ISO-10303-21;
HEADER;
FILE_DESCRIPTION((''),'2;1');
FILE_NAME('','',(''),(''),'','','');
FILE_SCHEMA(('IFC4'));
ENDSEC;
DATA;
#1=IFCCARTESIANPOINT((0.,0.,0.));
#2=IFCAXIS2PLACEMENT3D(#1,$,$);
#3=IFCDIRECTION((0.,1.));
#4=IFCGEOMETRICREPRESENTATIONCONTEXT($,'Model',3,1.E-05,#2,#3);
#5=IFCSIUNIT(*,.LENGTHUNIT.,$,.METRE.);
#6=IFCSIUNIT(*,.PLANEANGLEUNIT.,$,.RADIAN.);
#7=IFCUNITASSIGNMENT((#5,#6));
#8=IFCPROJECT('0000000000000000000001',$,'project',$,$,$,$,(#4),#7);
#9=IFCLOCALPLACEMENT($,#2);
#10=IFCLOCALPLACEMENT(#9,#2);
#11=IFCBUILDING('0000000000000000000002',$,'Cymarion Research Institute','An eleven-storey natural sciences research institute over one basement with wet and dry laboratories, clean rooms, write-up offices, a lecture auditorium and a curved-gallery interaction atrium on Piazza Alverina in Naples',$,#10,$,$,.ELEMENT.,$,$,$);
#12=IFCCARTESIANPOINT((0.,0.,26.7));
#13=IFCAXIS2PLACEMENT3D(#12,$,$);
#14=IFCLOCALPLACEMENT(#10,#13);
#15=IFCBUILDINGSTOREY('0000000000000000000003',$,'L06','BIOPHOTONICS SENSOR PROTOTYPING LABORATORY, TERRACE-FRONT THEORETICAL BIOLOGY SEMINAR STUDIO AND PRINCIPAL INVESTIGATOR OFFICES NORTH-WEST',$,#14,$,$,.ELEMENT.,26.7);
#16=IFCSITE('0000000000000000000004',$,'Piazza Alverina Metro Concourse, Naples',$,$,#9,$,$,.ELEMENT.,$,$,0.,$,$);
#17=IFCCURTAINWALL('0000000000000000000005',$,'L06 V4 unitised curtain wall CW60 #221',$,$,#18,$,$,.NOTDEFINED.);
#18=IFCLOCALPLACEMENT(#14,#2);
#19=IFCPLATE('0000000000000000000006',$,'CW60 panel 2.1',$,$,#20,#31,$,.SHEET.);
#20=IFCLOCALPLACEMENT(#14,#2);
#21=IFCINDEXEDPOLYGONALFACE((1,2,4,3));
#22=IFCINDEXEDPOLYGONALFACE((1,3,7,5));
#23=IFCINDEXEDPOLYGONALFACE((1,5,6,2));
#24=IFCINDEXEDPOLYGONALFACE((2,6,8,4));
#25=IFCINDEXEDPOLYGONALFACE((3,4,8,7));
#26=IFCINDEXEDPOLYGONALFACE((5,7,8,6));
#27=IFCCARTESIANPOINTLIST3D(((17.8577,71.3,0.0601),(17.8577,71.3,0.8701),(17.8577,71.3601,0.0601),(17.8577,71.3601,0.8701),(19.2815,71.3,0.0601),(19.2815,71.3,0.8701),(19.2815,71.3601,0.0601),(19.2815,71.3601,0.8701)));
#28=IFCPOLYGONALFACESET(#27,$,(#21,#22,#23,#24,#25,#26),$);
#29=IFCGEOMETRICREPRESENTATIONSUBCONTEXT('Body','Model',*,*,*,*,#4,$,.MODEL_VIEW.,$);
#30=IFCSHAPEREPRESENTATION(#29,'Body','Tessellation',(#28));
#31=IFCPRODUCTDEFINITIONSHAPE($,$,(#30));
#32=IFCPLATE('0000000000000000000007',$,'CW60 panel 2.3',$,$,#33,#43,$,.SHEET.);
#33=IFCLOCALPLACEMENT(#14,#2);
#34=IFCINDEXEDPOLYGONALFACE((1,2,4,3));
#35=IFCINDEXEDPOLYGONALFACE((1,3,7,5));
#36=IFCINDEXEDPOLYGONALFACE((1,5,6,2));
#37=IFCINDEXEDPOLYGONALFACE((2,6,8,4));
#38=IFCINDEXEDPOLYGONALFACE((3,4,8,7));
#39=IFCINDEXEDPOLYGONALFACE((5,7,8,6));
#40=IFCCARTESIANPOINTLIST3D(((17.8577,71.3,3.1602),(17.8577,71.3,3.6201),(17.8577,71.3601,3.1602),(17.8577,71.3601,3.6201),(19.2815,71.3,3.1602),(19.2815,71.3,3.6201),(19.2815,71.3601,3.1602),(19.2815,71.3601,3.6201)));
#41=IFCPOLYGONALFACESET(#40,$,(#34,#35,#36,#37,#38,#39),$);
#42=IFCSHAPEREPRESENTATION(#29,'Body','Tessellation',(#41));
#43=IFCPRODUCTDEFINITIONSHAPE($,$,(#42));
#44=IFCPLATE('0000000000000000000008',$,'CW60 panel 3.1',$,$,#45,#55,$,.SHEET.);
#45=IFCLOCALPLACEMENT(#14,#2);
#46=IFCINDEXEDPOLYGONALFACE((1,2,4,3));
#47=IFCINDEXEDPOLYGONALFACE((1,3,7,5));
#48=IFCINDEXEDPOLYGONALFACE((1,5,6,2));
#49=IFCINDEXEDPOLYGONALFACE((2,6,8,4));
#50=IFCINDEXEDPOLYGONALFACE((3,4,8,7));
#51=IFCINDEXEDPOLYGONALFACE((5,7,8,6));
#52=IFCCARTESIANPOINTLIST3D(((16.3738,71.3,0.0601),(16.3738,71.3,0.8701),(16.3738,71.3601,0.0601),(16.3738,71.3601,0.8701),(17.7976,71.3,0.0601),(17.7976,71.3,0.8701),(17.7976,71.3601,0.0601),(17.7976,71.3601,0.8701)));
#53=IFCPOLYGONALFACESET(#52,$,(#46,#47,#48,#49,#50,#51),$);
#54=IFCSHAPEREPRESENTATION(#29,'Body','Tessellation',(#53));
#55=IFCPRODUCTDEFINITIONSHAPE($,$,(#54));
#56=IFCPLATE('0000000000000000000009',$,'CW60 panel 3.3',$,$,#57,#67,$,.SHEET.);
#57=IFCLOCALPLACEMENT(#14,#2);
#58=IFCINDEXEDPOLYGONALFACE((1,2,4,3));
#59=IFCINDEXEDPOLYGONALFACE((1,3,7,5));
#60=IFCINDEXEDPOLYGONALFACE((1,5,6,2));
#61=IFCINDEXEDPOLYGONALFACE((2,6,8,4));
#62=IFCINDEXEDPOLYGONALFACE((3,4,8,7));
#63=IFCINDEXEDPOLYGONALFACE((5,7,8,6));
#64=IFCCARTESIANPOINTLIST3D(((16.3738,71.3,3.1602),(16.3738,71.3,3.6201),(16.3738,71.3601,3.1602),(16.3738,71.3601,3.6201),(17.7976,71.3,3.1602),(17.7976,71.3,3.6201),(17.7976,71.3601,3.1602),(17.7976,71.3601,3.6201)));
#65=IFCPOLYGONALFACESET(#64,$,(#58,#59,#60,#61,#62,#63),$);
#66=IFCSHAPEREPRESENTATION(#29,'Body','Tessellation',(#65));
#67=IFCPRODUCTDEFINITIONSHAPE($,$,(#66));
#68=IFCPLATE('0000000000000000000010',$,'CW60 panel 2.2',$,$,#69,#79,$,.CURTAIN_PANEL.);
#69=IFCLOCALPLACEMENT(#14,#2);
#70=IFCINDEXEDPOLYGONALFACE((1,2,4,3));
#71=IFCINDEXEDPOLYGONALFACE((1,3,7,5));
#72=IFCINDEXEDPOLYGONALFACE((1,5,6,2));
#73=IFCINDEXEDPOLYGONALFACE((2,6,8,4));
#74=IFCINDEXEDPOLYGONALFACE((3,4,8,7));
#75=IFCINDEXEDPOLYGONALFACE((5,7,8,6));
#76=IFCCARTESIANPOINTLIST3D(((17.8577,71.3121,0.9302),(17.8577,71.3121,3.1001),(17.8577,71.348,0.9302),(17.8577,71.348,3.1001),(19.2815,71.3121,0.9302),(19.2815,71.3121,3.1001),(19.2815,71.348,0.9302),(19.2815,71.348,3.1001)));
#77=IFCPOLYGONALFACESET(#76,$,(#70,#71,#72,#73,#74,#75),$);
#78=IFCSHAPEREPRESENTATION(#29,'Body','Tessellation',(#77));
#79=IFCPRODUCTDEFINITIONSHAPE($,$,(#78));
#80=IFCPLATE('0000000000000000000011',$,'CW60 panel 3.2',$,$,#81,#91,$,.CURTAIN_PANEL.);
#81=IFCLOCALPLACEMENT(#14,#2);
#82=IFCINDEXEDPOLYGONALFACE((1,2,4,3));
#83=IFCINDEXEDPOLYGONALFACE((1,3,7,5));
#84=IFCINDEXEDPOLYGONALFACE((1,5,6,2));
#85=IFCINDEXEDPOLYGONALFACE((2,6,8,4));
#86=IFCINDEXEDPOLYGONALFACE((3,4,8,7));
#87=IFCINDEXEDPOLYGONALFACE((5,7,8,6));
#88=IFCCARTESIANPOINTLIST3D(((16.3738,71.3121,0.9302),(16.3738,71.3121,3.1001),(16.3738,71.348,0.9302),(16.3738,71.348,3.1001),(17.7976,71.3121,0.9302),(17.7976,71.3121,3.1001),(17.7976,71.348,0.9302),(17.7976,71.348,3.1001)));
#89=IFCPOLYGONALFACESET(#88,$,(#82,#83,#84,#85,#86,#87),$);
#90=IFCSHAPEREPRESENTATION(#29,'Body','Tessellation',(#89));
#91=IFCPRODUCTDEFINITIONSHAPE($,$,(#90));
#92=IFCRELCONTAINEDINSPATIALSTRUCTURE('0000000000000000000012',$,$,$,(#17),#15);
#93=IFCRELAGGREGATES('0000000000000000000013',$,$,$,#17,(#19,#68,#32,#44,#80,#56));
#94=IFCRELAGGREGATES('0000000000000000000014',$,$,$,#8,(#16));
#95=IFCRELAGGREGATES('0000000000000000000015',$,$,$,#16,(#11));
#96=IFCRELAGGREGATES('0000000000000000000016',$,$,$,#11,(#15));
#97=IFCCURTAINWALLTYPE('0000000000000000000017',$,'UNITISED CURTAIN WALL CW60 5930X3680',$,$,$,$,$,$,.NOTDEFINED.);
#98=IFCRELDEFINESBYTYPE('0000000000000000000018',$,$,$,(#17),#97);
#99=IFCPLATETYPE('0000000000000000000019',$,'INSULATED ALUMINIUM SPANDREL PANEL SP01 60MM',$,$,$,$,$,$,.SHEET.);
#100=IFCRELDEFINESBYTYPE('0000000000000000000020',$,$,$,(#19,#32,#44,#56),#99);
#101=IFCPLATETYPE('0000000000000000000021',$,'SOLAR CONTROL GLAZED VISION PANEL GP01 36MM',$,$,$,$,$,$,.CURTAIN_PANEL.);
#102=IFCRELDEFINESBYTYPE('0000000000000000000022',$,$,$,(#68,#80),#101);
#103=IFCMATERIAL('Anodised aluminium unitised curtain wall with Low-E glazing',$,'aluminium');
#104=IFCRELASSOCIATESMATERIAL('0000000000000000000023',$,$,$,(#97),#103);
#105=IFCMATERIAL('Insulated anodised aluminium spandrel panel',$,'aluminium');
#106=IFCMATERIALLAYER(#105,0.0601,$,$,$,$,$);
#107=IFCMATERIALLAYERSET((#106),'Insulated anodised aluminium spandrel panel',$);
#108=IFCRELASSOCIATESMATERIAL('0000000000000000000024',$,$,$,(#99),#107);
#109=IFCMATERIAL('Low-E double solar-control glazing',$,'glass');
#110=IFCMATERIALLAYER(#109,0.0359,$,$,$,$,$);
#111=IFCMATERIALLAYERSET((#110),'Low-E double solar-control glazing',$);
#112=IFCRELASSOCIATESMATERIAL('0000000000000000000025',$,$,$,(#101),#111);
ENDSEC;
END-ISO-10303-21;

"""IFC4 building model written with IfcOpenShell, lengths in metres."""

from ifc_helpers import new_model, si_unit, direction, frame, origin, origin_2d, place, context, subcontext, project, spatial, rectangle, extrude, material, layer, layer_set, type_object, element, aggregate, save


model = new_model("IFC4")

# Units and contexts
model_context = context("Model", 3, precision=1e-05, world=origin(), true_north=direction((0.0, 1.0)))
body_context = subcontext(model_context, "Body", "Model", "MODEL_VIEW")
ifc_project = project(units=[si_unit("LENGTHUNIT", "METRE"), si_unit("PLANEANGLEUNIT", "RADIAN")], contexts=[model_context])

# Site, building, storey
site_placement = place(None, origin())
site = spatial("IfcSite", under=ifc_project, at=site_placement, Name="Piazza Alverina Metro Concourse, Naples", CompositionType="ELEMENT", RefElevation=0.0)
building_placement = place(site_placement, origin())
building = spatial("IfcBuilding", under=site, at=building_placement, Name="Cymarion Research Institute", Description="An eleven-storey natural sciences research institute over one basement with wet and dry laboratories, clean rooms, write-up offices, a lecture auditorium and a curved-gallery interaction atrium on Piazza Alverina in Naples", CompositionType="ELEMENT")
storey_placement = place(building_placement, frame((0.0, 0.0, 26.7)))
storey = spatial("IfcBuildingStorey", under=building, at=storey_placement, Name="L06", Description="BIOPHOTONICS SENSOR PROTOTYPING LABORATORY, TERRACE-FRONT THEORETICAL BIOLOGY SEMINAR STUDIO AND PRINCIPAL INVESTIGATOR OFFICES NORTH-WEST", CompositionType="ELEMENT", Elevation=26.7)

# Curtain wall
ifc_material_1 = material(Name="Anodised aluminium unitised curtain wall with Low-E glazing", Category="aluminium")
curtain_wall_type = type_object("IfcCurtainWallType", Name="UNITISED CURTAIN WALL CW60 5930X3680", PredefinedType="NOTDEFINED", material=ifc_material_1)
curtain_wall_placement = place(storey_placement, origin())
curtain_wall = element("IfcCurtainWall", 1, at=curtain_wall_placement, inside=storey, type_object=curtain_wall_type, Name="L06 V4 unitised curtain wall CW60 #221", PredefinedType="NOTDEFINED")

# Plates
ifc_material_2 = material(Name="Insulated anodised aluminium spandrel panel", Category="aluminium")
ifc_layer_1 = layer(ifc_material_2, 0.0601)
ifc_layer_set_1 = layer_set([ifc_layer_1], Name="Insulated anodised aluminium spandrel panel")
plate_type_1 = type_object("IfcPlateType", Name="INSULATED ALUMINIUM SPANDREL PANEL SP01 60MM", PredefinedType="SHEET", material=ifc_layer_set_1)
plate_1_placement = place(storey_placement, frame((18.5696, 71.3301, 0.0601), z_axis=(0.0, 0.0, 1.0), x_axis=(-1.0, 0.0, 0.0)))
plate_1 = element("IfcPlate", 2, at=plate_1_placement, type_object=plate_type_1, Name="CW60 panel 2.1", PredefinedType="SHEET", context=body_context, shape_type="SweptSolid", body=[
    extrude(rectangle(XDim=1.4238, YDim=0.0601, at=origin_2d()), origin(), (0.0, 0.0, 1.0), 0.8101),
])
plate_2_placement = place(storey_placement, frame((18.5696, 71.3301, 3.1602), z_axis=(0.0, 0.0, 1.0), x_axis=(-1.0, 0.0, 0.0)))
plate_2 = element("IfcPlate", 3, at=plate_2_placement, type_object=plate_type_1, Name="CW60 panel 2.3", PredefinedType="SHEET", context=body_context, shape_type="SweptSolid", body=[
    extrude(rectangle(XDim=1.4238, YDim=0.0601, at=origin_2d()), origin(), (0.0, 0.0, 1.0), 0.46),
])
plate_3_placement = place(storey_placement, frame((17.0857, 71.3301, 0.0601), z_axis=(0.0, 0.0, 1.0), x_axis=(-1.0, 0.0, 0.0)))
plate_3 = element("IfcPlate", 4, at=plate_3_placement, type_object=plate_type_1, Name="CW60 panel 3.1", PredefinedType="SHEET", context=body_context, shape_type="SweptSolid", body=[
    extrude(rectangle(XDim=1.4238, YDim=0.0601, at=origin_2d()), origin(), (0.0, 0.0, 1.0), 0.8101),
])
plate_4_placement = place(storey_placement, frame((17.0857, 71.3301, 3.1602), z_axis=(0.0, 0.0, 1.0), x_axis=(-1.0, 0.0, 0.0)))
plate_4 = element("IfcPlate", 5, at=plate_4_placement, type_object=plate_type_1, Name="CW60 panel 3.3", PredefinedType="SHEET", context=body_context, shape_type="SweptSolid", body=[
    extrude(rectangle(XDim=1.4238, YDim=0.0601, at=origin_2d()), origin(), (0.0, 0.0, 1.0), 0.46),
])
ifc_material_3 = material(Name="Low-E double solar-control glazing", Category="glass")
ifc_layer_2 = layer(ifc_material_3, 0.0359)
ifc_layer_set_2 = layer_set([ifc_layer_2], Name="Low-E double solar-control glazing")
plate_type_2 = type_object("IfcPlateType", Name="SOLAR CONTROL GLAZED VISION PANEL GP01 36MM", PredefinedType="CURTAIN_PANEL", material=ifc_layer_set_2)
plate_5_placement = place(storey_placement, frame((18.5696, 71.3301, 0.9302), z_axis=(0.0, 0.0, 1.0), x_axis=(-1.0, 0.0, 0.0)))
plate_5 = element("IfcPlate", 6, at=plate_5_placement, type_object=plate_type_2, Name="CW60 panel 2.2", PredefinedType="CURTAIN_PANEL", context=body_context, shape_type="SweptSolid", body=[
    extrude(rectangle(XDim=1.4238, YDim=0.0359, at=origin_2d()), origin(), (0.0, 0.0, 1.0), 2.1699),
])
plate_6_placement = place(storey_placement, frame((17.0857, 71.3301, 0.9302), z_axis=(0.0, 0.0, 1.0), x_axis=(-1.0, 0.0, 0.0)))
plate_6 = element("IfcPlate", 7, at=plate_6_placement, type_object=plate_type_2, Name="CW60 panel 3.2", PredefinedType="CURTAIN_PANEL", context=body_context, shape_type="SweptSolid", body=[
    extrude(rectangle(XDim=1.4238, YDim=0.0359, at=origin_2d()), origin(), (0.0, 0.0, 1.0), 2.1699),
])
aggregate(curtain_wall, [plate_1, plate_5, plate_2, plate_3, plate_6, plate_4])

save(model, "model.ifc")
